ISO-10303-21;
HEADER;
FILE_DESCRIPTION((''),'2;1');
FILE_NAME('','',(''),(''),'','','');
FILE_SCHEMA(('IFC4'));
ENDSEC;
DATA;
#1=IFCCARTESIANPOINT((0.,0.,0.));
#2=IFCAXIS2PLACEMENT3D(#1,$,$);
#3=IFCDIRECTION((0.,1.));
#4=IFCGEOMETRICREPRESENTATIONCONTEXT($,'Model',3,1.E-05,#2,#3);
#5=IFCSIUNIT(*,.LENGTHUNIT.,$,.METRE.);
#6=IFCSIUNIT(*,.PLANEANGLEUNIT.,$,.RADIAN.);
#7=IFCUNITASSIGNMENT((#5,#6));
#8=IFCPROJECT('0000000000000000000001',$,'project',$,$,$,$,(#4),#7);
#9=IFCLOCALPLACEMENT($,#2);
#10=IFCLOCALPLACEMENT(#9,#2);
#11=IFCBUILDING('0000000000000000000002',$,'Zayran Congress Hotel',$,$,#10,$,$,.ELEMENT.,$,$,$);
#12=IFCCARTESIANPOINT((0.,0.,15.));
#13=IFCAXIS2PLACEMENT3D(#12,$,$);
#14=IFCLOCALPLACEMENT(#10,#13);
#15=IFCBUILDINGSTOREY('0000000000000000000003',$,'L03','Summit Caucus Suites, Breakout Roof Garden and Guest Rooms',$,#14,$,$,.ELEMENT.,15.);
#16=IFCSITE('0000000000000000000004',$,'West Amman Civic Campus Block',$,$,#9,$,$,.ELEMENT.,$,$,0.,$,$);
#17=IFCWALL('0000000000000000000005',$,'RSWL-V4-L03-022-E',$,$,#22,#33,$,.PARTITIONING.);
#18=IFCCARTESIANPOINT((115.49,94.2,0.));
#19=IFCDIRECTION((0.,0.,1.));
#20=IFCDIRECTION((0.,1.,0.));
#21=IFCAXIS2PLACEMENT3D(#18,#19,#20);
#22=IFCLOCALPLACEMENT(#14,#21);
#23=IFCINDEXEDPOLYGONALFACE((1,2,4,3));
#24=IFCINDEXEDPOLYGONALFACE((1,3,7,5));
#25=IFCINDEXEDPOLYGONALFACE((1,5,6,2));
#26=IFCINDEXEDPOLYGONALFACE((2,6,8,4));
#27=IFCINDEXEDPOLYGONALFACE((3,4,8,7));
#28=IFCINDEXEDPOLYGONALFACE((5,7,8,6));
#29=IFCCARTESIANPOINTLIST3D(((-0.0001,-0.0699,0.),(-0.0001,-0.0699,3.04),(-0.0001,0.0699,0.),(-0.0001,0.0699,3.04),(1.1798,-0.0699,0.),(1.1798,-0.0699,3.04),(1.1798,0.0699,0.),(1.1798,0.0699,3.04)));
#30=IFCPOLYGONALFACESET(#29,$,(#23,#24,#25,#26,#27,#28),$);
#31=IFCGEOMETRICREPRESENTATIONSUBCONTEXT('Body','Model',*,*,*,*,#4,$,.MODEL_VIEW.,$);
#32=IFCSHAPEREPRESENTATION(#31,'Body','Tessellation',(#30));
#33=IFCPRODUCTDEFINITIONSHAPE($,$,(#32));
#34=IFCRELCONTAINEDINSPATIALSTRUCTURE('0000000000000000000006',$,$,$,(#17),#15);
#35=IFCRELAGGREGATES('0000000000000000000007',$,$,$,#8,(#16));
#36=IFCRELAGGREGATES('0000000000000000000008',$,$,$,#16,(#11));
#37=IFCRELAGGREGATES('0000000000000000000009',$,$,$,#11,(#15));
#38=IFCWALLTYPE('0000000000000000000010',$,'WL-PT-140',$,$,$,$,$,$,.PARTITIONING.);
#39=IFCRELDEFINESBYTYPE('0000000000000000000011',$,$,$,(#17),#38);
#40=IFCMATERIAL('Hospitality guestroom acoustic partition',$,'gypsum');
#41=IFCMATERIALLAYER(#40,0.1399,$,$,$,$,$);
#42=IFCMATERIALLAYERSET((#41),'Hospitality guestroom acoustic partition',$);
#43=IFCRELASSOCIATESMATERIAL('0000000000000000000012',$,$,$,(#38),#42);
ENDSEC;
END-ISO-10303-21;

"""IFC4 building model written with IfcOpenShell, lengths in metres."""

from ifc_helpers import new_model, si_unit, direction, frame, frame_2d, origin, place, context, subcontext, project, spatial, rectangle, extrude, material, layer, layer_set, type_object, element, save


model = new_model("IFC4")

# Units and contexts
model_context = context("Model", 3, precision=1e-05, world=origin(), true_north=direction((0.0, 1.0)))
body_context = subcontext(model_context, "Body", "Model", "MODEL_VIEW")
ifc_project = project(units=[si_unit("LENGTHUNIT", "METRE"), si_unit("PLANEANGLEUNIT", "RADIAN")], contexts=[model_context])

# Site, building, storey
site_placement = place(None, origin())
site = spatial("IfcSite", under=ifc_project, at=site_placement, Name="West Amman Civic Campus Block", CompositionType="ELEMENT", RefElevation=0.0)
building_placement = place(site_placement, origin())
building = spatial("IfcBuilding", under=site, at=building_placement, Name="Zayran Congress Hotel", CompositionType="ELEMENT")
storey_placement = place(building_placement, frame((0.0, 0.0, 15.0)))
storey = spatial("IfcBuildingStorey", under=building, at=storey_placement, Name="L03", Description="Summit Caucus Suites, Breakout Roof Garden and Guest Rooms", CompositionType="ELEMENT", Elevation=15.0)

# Wall
ifc_material_1 = material(Name="Hospitality guestroom acoustic partition", Category="gypsum")
ifc_layer_1 = layer(ifc_material_1, 0.1399)
ifc_layer_set_1 = layer_set([ifc_layer_1], Name="Hospitality guestroom acoustic partition")
wall_type_1 = type_object("IfcWallType", Name="WL-PT-140", PredefinedType="PARTITIONING", material=ifc_layer_set_1)
for number, where, z_axis, x_axis, name in (
    (1, (115.49, 94.2, 0.0), (0.0, 0.0, 1.0), (0.0, 1.0, 0.0), "RSWL-V4-L03-022-E"),
):
    element("IfcWall", number, at=place(storey_placement, frame(where, z_axis=z_axis, x_axis=x_axis)), inside=storey, type_object=wall_type_1, Name=name, PredefinedType="PARTITIONING", context=body_context, shape_type="SweptSolid", body=[
        extrude(rectangle(XDim=1.1799, YDim=0.1399, at=frame_2d((0.5898, 0.0))), origin(), (0.0, 0.0, 1.0), 3.04),
    ])

save(model, "model.ifc")
